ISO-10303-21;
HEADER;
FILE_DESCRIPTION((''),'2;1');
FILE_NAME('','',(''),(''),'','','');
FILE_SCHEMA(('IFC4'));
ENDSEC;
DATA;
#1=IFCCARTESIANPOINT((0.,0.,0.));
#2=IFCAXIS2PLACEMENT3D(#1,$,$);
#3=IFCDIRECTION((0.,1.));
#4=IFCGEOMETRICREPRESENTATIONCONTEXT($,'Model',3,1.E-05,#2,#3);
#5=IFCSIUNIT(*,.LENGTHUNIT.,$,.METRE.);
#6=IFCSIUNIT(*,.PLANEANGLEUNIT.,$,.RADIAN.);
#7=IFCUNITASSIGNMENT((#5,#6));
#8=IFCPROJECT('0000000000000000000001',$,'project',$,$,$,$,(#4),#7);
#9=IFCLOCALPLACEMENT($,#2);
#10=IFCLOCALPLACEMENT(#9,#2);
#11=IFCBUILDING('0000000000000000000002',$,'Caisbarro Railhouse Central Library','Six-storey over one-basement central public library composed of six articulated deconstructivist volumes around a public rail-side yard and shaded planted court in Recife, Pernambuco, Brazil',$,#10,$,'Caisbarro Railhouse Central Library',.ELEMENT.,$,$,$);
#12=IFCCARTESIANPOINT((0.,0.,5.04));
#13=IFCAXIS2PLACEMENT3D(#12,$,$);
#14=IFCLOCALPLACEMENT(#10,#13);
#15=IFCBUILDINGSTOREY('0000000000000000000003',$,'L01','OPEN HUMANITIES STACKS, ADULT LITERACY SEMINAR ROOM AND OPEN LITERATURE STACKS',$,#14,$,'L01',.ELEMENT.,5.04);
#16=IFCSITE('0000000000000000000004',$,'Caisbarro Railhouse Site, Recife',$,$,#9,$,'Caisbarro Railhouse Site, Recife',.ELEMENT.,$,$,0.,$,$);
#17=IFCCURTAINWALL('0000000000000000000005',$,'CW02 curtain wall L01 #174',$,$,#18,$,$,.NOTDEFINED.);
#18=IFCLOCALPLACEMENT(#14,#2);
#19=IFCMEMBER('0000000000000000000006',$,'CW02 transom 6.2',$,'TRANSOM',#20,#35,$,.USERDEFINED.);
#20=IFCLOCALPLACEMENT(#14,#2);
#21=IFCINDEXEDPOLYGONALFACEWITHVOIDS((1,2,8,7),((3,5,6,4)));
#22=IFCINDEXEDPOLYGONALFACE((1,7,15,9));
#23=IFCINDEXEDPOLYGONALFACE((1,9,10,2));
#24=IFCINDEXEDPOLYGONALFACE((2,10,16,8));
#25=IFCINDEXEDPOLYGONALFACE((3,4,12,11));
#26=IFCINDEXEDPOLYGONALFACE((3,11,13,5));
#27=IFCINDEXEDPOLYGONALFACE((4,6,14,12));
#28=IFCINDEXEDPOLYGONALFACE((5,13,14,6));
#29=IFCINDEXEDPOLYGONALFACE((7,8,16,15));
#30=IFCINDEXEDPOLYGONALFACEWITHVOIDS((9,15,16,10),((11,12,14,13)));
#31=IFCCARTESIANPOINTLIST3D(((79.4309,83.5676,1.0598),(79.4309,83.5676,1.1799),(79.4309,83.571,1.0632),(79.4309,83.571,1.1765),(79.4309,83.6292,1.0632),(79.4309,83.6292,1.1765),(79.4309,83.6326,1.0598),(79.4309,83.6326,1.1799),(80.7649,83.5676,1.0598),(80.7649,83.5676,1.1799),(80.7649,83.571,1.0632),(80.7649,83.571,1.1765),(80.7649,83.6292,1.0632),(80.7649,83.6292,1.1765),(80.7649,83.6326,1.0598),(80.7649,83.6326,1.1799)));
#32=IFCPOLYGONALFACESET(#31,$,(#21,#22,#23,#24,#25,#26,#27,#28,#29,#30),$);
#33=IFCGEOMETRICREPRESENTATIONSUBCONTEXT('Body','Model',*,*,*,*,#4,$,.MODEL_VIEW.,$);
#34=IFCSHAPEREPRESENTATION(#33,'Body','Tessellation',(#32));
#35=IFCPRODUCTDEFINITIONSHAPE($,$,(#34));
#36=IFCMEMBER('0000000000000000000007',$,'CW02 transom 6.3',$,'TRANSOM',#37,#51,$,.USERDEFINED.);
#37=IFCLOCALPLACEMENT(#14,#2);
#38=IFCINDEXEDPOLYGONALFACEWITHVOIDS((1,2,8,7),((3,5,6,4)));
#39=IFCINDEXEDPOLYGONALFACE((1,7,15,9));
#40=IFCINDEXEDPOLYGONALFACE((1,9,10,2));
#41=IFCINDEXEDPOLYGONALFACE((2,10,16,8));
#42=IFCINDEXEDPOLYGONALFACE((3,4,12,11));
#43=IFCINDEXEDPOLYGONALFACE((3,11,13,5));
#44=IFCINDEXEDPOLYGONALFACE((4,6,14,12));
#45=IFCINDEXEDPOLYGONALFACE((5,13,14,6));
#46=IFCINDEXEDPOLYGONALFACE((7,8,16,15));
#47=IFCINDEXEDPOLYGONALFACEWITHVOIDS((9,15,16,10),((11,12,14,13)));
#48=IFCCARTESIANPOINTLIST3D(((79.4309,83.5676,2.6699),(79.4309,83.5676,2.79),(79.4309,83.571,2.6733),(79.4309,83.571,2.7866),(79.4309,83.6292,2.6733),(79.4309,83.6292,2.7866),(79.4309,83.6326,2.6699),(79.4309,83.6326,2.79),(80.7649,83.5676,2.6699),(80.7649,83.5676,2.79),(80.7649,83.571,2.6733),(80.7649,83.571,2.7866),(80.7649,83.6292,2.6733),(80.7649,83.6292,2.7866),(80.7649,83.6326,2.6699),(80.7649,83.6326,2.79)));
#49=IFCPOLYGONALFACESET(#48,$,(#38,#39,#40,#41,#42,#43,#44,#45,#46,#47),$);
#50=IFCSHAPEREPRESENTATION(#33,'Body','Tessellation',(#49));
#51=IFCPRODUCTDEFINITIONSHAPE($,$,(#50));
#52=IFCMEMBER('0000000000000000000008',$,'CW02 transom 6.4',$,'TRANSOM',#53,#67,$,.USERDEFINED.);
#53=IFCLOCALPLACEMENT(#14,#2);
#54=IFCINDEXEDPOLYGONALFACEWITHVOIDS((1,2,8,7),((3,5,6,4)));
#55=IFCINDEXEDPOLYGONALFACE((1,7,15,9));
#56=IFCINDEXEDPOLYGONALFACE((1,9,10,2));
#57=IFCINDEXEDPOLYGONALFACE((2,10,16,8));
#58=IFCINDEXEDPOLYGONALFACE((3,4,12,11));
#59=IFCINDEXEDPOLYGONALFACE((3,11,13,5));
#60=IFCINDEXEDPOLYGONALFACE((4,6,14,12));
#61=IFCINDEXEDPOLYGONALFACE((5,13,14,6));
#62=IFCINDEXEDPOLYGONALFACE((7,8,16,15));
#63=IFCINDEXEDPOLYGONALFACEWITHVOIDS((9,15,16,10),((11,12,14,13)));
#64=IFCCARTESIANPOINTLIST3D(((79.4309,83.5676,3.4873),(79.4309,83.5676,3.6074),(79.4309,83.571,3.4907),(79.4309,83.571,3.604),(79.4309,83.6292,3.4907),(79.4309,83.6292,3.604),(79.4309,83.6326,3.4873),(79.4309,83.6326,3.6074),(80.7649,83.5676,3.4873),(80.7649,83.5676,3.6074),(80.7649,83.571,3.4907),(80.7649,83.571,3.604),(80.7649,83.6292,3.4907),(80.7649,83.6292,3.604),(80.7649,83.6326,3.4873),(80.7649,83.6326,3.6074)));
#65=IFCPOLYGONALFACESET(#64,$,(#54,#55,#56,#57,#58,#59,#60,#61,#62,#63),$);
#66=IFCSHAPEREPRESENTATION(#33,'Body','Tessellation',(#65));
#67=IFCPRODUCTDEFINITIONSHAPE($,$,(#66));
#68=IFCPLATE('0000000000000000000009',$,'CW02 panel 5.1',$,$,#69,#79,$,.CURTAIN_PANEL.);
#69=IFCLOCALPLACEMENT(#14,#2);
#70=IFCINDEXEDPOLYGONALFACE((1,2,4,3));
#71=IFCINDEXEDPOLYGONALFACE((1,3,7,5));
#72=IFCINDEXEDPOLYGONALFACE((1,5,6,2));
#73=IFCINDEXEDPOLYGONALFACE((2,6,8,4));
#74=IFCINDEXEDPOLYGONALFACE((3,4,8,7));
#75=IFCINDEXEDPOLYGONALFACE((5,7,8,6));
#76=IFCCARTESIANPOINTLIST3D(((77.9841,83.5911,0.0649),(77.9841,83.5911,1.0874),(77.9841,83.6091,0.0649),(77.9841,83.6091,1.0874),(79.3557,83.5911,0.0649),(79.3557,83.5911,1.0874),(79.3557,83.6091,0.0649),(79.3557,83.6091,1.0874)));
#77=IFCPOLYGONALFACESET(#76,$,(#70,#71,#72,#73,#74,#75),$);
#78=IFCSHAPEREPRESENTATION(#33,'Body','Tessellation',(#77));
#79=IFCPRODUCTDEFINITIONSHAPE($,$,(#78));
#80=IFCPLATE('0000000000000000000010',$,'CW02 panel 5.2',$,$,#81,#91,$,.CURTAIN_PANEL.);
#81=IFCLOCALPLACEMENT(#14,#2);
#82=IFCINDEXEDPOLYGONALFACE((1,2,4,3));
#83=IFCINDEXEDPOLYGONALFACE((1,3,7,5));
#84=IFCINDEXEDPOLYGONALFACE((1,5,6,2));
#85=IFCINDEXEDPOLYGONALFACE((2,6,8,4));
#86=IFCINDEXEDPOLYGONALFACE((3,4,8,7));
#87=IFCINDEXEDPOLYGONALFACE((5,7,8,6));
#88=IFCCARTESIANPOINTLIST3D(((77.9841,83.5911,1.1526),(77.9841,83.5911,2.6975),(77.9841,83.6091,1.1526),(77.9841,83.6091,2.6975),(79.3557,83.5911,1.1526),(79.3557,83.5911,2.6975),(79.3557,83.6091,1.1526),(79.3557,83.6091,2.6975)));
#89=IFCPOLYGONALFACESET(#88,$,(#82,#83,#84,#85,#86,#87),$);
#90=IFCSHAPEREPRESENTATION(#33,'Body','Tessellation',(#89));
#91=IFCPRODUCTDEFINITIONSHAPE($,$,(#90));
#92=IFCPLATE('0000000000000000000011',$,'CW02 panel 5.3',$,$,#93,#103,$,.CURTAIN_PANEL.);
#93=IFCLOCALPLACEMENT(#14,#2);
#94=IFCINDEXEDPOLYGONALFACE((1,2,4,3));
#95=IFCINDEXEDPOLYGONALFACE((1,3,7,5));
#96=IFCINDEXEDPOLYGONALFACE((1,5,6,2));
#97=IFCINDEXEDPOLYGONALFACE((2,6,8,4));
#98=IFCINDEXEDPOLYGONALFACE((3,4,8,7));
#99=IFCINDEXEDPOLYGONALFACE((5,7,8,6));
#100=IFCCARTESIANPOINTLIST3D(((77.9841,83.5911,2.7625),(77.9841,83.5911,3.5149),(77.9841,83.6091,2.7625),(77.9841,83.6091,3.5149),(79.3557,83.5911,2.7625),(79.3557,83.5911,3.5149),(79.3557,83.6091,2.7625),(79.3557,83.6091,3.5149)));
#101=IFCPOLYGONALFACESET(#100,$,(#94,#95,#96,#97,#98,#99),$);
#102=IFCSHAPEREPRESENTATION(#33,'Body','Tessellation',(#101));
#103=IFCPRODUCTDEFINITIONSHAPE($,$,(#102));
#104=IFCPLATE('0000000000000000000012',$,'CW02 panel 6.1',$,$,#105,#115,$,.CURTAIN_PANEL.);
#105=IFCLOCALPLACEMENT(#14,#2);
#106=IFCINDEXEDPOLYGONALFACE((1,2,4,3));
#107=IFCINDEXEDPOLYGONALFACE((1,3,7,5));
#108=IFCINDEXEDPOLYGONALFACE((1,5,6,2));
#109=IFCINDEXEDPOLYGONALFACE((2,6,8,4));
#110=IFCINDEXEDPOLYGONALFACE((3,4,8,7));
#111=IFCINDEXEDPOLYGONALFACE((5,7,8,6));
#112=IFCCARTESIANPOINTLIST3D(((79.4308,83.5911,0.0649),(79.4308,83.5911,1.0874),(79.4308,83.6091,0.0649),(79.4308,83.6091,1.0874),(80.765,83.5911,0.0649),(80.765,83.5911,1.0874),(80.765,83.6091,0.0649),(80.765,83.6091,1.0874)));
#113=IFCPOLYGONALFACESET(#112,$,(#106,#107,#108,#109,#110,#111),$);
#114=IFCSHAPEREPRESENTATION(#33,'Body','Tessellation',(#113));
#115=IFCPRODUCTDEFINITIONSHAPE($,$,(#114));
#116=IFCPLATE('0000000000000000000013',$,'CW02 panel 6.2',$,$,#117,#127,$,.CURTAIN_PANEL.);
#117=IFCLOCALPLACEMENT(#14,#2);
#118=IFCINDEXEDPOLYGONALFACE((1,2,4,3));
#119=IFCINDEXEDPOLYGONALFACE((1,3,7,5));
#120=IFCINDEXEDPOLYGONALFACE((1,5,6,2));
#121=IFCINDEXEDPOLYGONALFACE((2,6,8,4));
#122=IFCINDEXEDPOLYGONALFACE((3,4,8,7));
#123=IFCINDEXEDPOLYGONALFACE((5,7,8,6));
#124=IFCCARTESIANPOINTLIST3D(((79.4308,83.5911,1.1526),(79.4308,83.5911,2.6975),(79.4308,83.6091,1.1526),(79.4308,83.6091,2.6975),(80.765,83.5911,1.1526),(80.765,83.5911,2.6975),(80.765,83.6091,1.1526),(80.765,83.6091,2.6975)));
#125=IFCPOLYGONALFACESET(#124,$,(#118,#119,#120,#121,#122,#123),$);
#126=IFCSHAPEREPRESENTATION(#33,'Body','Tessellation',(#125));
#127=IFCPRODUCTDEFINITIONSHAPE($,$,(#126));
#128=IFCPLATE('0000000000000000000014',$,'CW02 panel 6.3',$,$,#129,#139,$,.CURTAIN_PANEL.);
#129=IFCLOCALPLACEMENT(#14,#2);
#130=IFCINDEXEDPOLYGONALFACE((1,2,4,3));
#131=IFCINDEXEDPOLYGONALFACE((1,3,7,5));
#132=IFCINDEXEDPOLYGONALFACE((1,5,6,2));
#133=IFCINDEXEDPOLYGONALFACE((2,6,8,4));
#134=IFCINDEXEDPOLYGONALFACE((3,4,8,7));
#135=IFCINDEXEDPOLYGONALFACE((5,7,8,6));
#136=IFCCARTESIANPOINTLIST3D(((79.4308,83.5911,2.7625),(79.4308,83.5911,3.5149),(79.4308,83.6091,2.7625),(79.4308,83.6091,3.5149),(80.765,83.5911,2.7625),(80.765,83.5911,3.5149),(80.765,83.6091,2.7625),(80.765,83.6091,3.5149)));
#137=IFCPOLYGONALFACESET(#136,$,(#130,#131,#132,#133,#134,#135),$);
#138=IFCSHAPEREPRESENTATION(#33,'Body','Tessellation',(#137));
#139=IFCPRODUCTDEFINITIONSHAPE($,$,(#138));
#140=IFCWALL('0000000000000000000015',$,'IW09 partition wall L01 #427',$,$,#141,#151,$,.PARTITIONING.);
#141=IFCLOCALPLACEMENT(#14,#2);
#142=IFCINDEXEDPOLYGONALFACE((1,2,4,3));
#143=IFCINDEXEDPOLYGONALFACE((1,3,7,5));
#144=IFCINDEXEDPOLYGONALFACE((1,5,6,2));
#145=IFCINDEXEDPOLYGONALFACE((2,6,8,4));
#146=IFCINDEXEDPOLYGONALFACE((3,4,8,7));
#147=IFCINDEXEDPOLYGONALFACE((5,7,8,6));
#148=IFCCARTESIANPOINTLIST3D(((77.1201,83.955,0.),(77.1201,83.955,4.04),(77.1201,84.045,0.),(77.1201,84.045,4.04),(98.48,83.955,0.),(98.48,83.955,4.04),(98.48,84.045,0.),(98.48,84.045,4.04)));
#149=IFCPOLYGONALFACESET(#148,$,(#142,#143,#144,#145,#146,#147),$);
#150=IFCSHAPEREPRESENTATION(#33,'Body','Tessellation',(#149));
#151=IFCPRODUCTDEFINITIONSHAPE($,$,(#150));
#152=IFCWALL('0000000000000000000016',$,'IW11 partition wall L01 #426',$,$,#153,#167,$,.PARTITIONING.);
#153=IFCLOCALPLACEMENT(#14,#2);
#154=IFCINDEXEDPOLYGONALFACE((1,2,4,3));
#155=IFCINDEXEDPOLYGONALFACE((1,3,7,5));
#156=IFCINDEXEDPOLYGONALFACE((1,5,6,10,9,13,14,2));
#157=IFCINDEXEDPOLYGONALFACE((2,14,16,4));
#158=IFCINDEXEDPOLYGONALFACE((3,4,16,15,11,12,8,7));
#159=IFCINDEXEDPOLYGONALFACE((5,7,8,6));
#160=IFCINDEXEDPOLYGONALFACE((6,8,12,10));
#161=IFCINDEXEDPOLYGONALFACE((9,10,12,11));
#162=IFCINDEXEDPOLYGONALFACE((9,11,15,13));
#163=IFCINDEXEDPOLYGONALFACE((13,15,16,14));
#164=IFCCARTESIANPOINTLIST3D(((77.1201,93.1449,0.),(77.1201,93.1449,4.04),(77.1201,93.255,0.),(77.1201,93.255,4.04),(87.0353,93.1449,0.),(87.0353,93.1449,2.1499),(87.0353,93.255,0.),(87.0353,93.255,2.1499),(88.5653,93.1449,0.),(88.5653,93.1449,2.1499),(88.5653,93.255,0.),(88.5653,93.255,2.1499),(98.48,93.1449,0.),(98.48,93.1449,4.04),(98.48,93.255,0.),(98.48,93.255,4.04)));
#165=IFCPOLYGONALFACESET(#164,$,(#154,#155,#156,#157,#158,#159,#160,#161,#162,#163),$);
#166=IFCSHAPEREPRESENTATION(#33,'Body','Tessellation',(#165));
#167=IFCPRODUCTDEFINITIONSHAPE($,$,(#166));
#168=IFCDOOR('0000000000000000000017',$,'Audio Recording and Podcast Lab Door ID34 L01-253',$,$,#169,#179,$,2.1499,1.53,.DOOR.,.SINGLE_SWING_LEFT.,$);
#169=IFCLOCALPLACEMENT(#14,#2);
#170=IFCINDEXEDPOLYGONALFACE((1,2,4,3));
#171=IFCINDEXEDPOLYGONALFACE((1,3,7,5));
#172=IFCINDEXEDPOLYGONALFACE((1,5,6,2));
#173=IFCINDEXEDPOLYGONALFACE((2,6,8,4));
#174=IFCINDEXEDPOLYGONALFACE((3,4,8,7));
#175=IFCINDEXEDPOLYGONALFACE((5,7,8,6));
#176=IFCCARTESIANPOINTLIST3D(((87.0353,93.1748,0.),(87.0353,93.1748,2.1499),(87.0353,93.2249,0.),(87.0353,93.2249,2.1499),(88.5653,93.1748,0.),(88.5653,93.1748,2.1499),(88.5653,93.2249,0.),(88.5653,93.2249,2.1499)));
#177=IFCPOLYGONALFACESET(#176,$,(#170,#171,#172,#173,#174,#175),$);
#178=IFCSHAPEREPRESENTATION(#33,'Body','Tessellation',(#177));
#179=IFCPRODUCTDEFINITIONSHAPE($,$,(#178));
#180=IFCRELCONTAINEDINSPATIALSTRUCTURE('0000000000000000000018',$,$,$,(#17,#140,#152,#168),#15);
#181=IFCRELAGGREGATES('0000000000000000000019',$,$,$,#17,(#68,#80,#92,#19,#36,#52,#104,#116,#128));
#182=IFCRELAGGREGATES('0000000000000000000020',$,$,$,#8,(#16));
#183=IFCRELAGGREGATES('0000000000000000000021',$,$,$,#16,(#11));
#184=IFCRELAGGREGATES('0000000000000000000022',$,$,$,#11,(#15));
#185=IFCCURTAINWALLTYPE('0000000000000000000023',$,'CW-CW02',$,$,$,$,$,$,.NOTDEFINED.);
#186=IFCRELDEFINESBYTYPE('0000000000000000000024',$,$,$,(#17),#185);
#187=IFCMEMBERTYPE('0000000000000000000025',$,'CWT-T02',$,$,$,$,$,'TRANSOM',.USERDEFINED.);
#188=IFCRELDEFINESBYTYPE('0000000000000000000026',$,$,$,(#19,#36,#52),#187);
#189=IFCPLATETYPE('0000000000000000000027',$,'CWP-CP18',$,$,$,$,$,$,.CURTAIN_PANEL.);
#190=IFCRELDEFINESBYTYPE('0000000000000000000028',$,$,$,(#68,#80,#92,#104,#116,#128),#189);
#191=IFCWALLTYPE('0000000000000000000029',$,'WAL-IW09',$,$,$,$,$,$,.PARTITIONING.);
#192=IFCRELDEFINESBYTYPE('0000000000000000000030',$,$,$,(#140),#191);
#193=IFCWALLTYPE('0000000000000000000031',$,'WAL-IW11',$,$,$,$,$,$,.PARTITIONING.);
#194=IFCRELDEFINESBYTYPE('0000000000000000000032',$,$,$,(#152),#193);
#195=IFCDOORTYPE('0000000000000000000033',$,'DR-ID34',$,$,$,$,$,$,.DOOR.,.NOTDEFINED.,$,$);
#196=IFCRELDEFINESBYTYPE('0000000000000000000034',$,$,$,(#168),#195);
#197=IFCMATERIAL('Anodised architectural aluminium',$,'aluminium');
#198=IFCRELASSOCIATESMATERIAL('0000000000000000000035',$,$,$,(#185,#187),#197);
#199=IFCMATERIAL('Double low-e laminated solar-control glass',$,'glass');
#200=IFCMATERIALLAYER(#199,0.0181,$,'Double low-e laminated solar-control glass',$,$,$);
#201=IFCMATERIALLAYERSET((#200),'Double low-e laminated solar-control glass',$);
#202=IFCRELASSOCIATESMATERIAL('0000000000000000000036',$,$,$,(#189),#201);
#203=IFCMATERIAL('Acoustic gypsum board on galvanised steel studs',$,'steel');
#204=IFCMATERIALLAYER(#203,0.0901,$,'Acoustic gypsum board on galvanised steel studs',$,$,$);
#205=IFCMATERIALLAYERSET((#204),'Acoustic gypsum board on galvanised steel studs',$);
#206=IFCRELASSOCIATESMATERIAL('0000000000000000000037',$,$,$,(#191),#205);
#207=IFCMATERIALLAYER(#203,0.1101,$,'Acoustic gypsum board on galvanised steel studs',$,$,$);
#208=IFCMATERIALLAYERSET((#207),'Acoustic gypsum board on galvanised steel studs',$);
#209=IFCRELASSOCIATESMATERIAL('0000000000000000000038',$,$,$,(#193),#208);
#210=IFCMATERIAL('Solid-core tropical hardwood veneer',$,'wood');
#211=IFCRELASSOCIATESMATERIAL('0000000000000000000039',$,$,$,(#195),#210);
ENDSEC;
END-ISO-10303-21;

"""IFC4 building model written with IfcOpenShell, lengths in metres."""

from ifc_helpers import new_model, si_unit, direction, frame, frame_2d, origin, origin_2d, place, context, subcontext, project, spatial, rectangle, hollow_rectangle, extrude, material, layer, layer_set, material_profile, profile_set, type_object, element, fill, aggregate, save


model = new_model("IFC4")

# Units and contexts
model_context = context("Model", 3, precision=1e-05, world=origin(), true_north=direction((0.0, 1.0)))
body_context = subcontext(model_context, "Body", "Model", "MODEL_VIEW")
ifc_project = project(units=[si_unit("LENGTHUNIT", "METRE"), si_unit("PLANEANGLEUNIT", "RADIAN")], contexts=[model_context])

# Site, building, storey
site_placement = place(None, origin())
site = spatial("IfcSite", under=ifc_project, at=site_placement, Name="Caisbarro Railhouse Site, Recife", LongName="Caisbarro Railhouse Site, Recife", CompositionType="ELEMENT", RefElevation=0.0)
building_placement = place(site_placement, origin())
building = spatial("IfcBuilding", under=site, at=building_placement, Name="Caisbarro Railhouse Central Library", Description="Six-storey over one-basement central public library composed of six articulated deconstructivist volumes around a public rail-side yard and shaded planted court in Recife, Pernambuco, Brazil", LongName="Caisbarro Railhouse Central Library", CompositionType="ELEMENT")
storey_placement = place(building_placement, frame((0.0, 0.0, 5.04)))
storey = spatial("IfcBuildingStorey", under=building, at=storey_placement, Name="L01", Description="OPEN HUMANITIES STACKS, ADULT LITERACY SEMINAR ROOM AND OPEN LITERATURE STACKS", LongName="L01", CompositionType="ELEMENT", Elevation=5.04)

# Curtain wall, members, plates
ifc_material_1 = material(Name="Anodised architectural aluminium", Category="aluminium")
curtain_wall_type = type_object("IfcCurtainWallType", Name="CW-CW02", PredefinedType="NOTDEFINED", material=ifc_material_1)
curtain_wall_placement = place(storey_placement, origin())
curtain_wall = element("IfcCurtainWall", 1, at=curtain_wall_placement, inside=storey, type_object=curtain_wall_type, Name="CW02 curtain wall L01 #174", PredefinedType="NOTDEFINED")
ifc_material_profile_1 = material_profile(ifc_material_1, hollow_rectangle(XDim=0.0649, YDim=0.1201, WallThickness=0.0034, at=origin_2d()), Name="ALU-TRN-65X120")
ifc_profile_set_1 = profile_set([ifc_material_profile_1], Name="Anodised architectural aluminium")
member_type_1 = type_object("IfcMemberType", Name="CWT-T02", ElementType="TRANSOM", PredefinedType="USERDEFINED", material=ifc_profile_set_1)
member_1_placement = place(storey_placement, frame((79.4309, 83.6001, 1.1199), z_axis=(1.0, 0.0, 0.0), x_axis=(0.0, 1.0, 0.0)))
member_1 = element("IfcMember", 2, at=member_1_placement, type_object=member_type_1, Name="CW02 transom 6.2", ObjectType="TRANSOM", PredefinedType="USERDEFINED", context=body_context, shape_type="SweptSolid", body=[
    extrude(hollow_rectangle(XDim=0.0649, YDim=0.1201, WallThickness=0.0034, at=origin_2d()), origin(), (0.0, 0.0, 1.0), 1.334),
])
member_2_placement = place(storey_placement, frame((79.4309, 83.6001, 2.73), z_axis=(1.0, 0.0, 0.0), x_axis=(0.0, 1.0, 0.0)))
member_2 = element("IfcMember", 3, at=member_2_placement, type_object=member_type_1, Name="CW02 transom 6.3", ObjectType="TRANSOM", PredefinedType="USERDEFINED", context=body_context, shape_type="SweptSolid", body=[
    extrude(hollow_rectangle(XDim=0.0649, YDim=0.1201, WallThickness=0.0034, at=origin_2d()), origin(), (0.0, 0.0, 1.0), 1.334),
])
member_3_placement = place(storey_placement, frame((79.4309, 83.6001, 3.5474), z_axis=(1.0, 0.0, 0.0), x_axis=(0.0, 1.0, 0.0)))
member_3 = element("IfcMember", 4, at=member_3_placement, type_object=member_type_1, Name="CW02 transom 6.4", ObjectType="TRANSOM", PredefinedType="USERDEFINED", context=body_context, shape_type="SweptSolid", body=[
    extrude(hollow_rectangle(XDim=0.0649, YDim=0.1201, WallThickness=0.0034, at=origin_2d()), origin(), (0.0, 0.0, 1.0), 1.334),
])
ifc_material_2 = material(Name="Double low-e laminated solar-control glass", Category="glass")
ifc_layer_1 = layer(ifc_material_2, 0.0181, Name="Double low-e laminated solar-control glass")
ifc_layer_set_1 = layer_set([ifc_layer_1], Name="Double low-e laminated solar-control glass")
plate_type = type_object("IfcPlateType", Name="CWP-CP18", PredefinedType="CURTAIN_PANEL", material=ifc_layer_set_1)
plate_1_placement = place(storey_placement, frame((78.6699, 83.6001, 0.0649), z_axis=(0.0, 0.0, 1.0), x_axis=(1.0, 0.0, 0.0)))
plate_1 = element("IfcPlate", 5, at=plate_1_placement, type_object=plate_type, Name="CW02 panel 5.1", PredefinedType="CURTAIN_PANEL", context=body_context, shape_type="SweptSolid", body=[
    extrude(rectangle(XDim=1.3716, YDim=0.0181, at=origin_2d()), origin(), (0.0, 0.0, 1.0), 1.0225),
])
plate_2_placement = place(storey_placement, frame((78.6699, 83.6001, 1.1526), z_axis=(0.0, 0.0, 1.0), x_axis=(1.0, 0.0, 0.0)))
plate_2 = element("IfcPlate", 6, at=plate_2_placement, type_object=plate_type, Name="CW02 panel 5.2", PredefinedType="CURTAIN_PANEL", context=body_context, shape_type="SweptSolid", body=[
    extrude(rectangle(XDim=1.3716, YDim=0.0181, at=origin_2d()), origin(), (0.0, 0.0, 1.0), 1.5449),
])
plate_3_placement = place(storey_placement, frame((78.6699, 83.6001, 2.7625), z_axis=(0.0, 0.0, 1.0), x_axis=(1.0, 0.0, 0.0)))
plate_3 = element("IfcPlate", 7, at=plate_3_placement, type_object=plate_type, Name="CW02 panel 5.3", PredefinedType="CURTAIN_PANEL", context=body_context, shape_type="SweptSolid", body=[
    extrude(rectangle(XDim=1.3716, YDim=0.0181, at=origin_2d()), origin(), (0.0, 0.0, 1.0), 0.7524),
])
plate_4_placement = place(storey_placement, frame((80.0979, 83.6001, 0.0649), z_axis=(0.0, 0.0, 1.0), x_axis=(1.0, 0.0, 0.0)))
plate_4 = element("IfcPlate", 8, at=plate_4_placement, type_object=plate_type, Name="CW02 panel 6.1", PredefinedType="CURTAIN_PANEL", context=body_context, shape_type="SweptSolid", body=[
    extrude(rectangle(XDim=1.3342, YDim=0.0181, at=origin_2d()), origin(), (0.0, 0.0, 1.0), 1.0225),
])
plate_5_placement = place(storey_placement, frame((80.0979, 83.6001, 1.1526), z_axis=(0.0, 0.0, 1.0), x_axis=(1.0, 0.0, 0.0)))
plate_5 = element("IfcPlate", 9, at=plate_5_placement, type_object=plate_type, Name="CW02 panel 6.2", PredefinedType="CURTAIN_PANEL", context=body_context, shape_type="SweptSolid", body=[
    extrude(rectangle(XDim=1.3342, YDim=0.0181, at=origin_2d()), origin(), (0.0, 0.0, 1.0), 1.5449),
])
plate_6_placement = place(storey_placement, frame((80.0979, 83.6001, 2.7625), z_axis=(0.0, 0.0, 1.0), x_axis=(1.0, 0.0, 0.0)))
plate_6 = element("IfcPlate", 10, at=plate_6_placement, type_object=plate_type, Name="CW02 panel 6.3", PredefinedType="CURTAIN_PANEL", context=body_context, shape_type="SweptSolid", body=[
    extrude(rectangle(XDim=1.3342, YDim=0.0181, at=origin_2d()), origin(), (0.0, 0.0, 1.0), 0.7524),
])
aggregate(curtain_wall, [plate_1, plate_2, plate_3, member_1, member_2, member_3, plate_4, plate_5, plate_6])

# Wall
ifc_material_3 = material(Name="Acoustic gypsum board on galvanised steel studs", Category="steel")
ifc_layer_2 = layer(ifc_material_3, 0.0901, Name="Acoustic gypsum board on galvanised steel studs")
ifc_layer_set_2 = layer_set([ifc_layer_2], Name="Acoustic gypsum board on galvanised steel studs")
wall_type_1 = type_object("IfcWallType", Name="WAL-IW09", PredefinedType="PARTITIONING", material=ifc_layer_set_2)
wall_1_placement = place(storey_placement, frame((77.1201, 84.0, 0.0), z_axis=(0.0, 0.0, 1.0), x_axis=(1.0, 0.0, 0.0)))
element("IfcWall", 11, at=wall_1_placement, inside=storey, type_object=wall_type_1, Name="IW09 partition wall L01 #427", PredefinedType="PARTITIONING", context=body_context, shape_type="SweptSolid", body=[
    extrude(rectangle(XDim=21.3599, YDim=0.0901, at=frame_2d((10.6799, 0.0))), origin(), (0.0, 0.0, 1.0), 4.04),
])

# Wall, opening, door
ifc_layer_3 = layer(ifc_material_3, 0.1101, Name="Acoustic gypsum board on galvanised steel studs")
ifc_layer_set_3 = layer_set([ifc_layer_3], Name="Acoustic gypsum board on galvanised steel studs")
wall_type_2 = type_object("IfcWallType", Name="WAL-IW11", PredefinedType="PARTITIONING", material=ifc_layer_set_3)
wall_2_placement = place(storey_placement, frame((77.1201, 93.2, 0.0), z_axis=(0.0, 0.0, 1.0), x_axis=(1.0, 0.0, 0.0)))
wall_2 = element("IfcWall", 12, at=wall_2_placement, inside=storey, type_object=wall_type_2, Name="IW11 partition wall L01 #426", PredefinedType="PARTITIONING", context=body_context, shape_type="SweptSolid", body=[
    extrude(rectangle(XDim=21.3599, YDim=0.1101, at=frame_2d((10.6799, 0.0))), origin(), (0.0, 0.0, 1.0), 4.04),
])
opening_placement = place(wall_2_placement, frame((9.915, 0.0, 0.0)))
opening = element("IfcOpeningElement", 13, at=opening_placement, cuts=wall_2, PredefinedType="OPENING", context=body_context, shape_type="SweptSolid", body=[
    extrude(rectangle(XDim=1.53, YDim=2.1499, at=frame_2d((0.7651, 1.075))), frame((0.0, 0.0649, 0.0), z_axis=(0.0, -1.0, 0.0), x_axis=(1.0, 0.0, 0.0)), (0.0, 0.0, 1.0), 0.1301),
])
ifc_material_4 = material(Name="Solid-core tropical hardwood veneer", Category="wood")
door_type = type_object("IfcDoorType", Name="DR-ID34", OperationType="NOTDEFINED", PredefinedType="DOOR", material=ifc_material_4)
door_placement = place(opening_placement, origin())
door = element("IfcDoor", 14, at=door_placement, inside=storey, type_object=door_type, Name="Audio Recording and Podcast Lab Door ID34 L01-253", OperationType="SINGLE_SWING_LEFT", OverallHeight=2.1499, OverallWidth=1.53, PredefinedType="DOOR", context=body_context, shape_type="SweptSolid", body=[
    extrude(rectangle(XDim=1.53, YDim=2.1499, at=frame_2d((0.7651, 1.075))), frame((0.0, 0.0249, 0.0), z_axis=(0.0, -1.0, 0.0), x_axis=(1.0, 0.0, 0.0)), (0.0, 0.0, 1.0), 0.05),
])
fill(opening, door)

save(model, "model.ifc")
